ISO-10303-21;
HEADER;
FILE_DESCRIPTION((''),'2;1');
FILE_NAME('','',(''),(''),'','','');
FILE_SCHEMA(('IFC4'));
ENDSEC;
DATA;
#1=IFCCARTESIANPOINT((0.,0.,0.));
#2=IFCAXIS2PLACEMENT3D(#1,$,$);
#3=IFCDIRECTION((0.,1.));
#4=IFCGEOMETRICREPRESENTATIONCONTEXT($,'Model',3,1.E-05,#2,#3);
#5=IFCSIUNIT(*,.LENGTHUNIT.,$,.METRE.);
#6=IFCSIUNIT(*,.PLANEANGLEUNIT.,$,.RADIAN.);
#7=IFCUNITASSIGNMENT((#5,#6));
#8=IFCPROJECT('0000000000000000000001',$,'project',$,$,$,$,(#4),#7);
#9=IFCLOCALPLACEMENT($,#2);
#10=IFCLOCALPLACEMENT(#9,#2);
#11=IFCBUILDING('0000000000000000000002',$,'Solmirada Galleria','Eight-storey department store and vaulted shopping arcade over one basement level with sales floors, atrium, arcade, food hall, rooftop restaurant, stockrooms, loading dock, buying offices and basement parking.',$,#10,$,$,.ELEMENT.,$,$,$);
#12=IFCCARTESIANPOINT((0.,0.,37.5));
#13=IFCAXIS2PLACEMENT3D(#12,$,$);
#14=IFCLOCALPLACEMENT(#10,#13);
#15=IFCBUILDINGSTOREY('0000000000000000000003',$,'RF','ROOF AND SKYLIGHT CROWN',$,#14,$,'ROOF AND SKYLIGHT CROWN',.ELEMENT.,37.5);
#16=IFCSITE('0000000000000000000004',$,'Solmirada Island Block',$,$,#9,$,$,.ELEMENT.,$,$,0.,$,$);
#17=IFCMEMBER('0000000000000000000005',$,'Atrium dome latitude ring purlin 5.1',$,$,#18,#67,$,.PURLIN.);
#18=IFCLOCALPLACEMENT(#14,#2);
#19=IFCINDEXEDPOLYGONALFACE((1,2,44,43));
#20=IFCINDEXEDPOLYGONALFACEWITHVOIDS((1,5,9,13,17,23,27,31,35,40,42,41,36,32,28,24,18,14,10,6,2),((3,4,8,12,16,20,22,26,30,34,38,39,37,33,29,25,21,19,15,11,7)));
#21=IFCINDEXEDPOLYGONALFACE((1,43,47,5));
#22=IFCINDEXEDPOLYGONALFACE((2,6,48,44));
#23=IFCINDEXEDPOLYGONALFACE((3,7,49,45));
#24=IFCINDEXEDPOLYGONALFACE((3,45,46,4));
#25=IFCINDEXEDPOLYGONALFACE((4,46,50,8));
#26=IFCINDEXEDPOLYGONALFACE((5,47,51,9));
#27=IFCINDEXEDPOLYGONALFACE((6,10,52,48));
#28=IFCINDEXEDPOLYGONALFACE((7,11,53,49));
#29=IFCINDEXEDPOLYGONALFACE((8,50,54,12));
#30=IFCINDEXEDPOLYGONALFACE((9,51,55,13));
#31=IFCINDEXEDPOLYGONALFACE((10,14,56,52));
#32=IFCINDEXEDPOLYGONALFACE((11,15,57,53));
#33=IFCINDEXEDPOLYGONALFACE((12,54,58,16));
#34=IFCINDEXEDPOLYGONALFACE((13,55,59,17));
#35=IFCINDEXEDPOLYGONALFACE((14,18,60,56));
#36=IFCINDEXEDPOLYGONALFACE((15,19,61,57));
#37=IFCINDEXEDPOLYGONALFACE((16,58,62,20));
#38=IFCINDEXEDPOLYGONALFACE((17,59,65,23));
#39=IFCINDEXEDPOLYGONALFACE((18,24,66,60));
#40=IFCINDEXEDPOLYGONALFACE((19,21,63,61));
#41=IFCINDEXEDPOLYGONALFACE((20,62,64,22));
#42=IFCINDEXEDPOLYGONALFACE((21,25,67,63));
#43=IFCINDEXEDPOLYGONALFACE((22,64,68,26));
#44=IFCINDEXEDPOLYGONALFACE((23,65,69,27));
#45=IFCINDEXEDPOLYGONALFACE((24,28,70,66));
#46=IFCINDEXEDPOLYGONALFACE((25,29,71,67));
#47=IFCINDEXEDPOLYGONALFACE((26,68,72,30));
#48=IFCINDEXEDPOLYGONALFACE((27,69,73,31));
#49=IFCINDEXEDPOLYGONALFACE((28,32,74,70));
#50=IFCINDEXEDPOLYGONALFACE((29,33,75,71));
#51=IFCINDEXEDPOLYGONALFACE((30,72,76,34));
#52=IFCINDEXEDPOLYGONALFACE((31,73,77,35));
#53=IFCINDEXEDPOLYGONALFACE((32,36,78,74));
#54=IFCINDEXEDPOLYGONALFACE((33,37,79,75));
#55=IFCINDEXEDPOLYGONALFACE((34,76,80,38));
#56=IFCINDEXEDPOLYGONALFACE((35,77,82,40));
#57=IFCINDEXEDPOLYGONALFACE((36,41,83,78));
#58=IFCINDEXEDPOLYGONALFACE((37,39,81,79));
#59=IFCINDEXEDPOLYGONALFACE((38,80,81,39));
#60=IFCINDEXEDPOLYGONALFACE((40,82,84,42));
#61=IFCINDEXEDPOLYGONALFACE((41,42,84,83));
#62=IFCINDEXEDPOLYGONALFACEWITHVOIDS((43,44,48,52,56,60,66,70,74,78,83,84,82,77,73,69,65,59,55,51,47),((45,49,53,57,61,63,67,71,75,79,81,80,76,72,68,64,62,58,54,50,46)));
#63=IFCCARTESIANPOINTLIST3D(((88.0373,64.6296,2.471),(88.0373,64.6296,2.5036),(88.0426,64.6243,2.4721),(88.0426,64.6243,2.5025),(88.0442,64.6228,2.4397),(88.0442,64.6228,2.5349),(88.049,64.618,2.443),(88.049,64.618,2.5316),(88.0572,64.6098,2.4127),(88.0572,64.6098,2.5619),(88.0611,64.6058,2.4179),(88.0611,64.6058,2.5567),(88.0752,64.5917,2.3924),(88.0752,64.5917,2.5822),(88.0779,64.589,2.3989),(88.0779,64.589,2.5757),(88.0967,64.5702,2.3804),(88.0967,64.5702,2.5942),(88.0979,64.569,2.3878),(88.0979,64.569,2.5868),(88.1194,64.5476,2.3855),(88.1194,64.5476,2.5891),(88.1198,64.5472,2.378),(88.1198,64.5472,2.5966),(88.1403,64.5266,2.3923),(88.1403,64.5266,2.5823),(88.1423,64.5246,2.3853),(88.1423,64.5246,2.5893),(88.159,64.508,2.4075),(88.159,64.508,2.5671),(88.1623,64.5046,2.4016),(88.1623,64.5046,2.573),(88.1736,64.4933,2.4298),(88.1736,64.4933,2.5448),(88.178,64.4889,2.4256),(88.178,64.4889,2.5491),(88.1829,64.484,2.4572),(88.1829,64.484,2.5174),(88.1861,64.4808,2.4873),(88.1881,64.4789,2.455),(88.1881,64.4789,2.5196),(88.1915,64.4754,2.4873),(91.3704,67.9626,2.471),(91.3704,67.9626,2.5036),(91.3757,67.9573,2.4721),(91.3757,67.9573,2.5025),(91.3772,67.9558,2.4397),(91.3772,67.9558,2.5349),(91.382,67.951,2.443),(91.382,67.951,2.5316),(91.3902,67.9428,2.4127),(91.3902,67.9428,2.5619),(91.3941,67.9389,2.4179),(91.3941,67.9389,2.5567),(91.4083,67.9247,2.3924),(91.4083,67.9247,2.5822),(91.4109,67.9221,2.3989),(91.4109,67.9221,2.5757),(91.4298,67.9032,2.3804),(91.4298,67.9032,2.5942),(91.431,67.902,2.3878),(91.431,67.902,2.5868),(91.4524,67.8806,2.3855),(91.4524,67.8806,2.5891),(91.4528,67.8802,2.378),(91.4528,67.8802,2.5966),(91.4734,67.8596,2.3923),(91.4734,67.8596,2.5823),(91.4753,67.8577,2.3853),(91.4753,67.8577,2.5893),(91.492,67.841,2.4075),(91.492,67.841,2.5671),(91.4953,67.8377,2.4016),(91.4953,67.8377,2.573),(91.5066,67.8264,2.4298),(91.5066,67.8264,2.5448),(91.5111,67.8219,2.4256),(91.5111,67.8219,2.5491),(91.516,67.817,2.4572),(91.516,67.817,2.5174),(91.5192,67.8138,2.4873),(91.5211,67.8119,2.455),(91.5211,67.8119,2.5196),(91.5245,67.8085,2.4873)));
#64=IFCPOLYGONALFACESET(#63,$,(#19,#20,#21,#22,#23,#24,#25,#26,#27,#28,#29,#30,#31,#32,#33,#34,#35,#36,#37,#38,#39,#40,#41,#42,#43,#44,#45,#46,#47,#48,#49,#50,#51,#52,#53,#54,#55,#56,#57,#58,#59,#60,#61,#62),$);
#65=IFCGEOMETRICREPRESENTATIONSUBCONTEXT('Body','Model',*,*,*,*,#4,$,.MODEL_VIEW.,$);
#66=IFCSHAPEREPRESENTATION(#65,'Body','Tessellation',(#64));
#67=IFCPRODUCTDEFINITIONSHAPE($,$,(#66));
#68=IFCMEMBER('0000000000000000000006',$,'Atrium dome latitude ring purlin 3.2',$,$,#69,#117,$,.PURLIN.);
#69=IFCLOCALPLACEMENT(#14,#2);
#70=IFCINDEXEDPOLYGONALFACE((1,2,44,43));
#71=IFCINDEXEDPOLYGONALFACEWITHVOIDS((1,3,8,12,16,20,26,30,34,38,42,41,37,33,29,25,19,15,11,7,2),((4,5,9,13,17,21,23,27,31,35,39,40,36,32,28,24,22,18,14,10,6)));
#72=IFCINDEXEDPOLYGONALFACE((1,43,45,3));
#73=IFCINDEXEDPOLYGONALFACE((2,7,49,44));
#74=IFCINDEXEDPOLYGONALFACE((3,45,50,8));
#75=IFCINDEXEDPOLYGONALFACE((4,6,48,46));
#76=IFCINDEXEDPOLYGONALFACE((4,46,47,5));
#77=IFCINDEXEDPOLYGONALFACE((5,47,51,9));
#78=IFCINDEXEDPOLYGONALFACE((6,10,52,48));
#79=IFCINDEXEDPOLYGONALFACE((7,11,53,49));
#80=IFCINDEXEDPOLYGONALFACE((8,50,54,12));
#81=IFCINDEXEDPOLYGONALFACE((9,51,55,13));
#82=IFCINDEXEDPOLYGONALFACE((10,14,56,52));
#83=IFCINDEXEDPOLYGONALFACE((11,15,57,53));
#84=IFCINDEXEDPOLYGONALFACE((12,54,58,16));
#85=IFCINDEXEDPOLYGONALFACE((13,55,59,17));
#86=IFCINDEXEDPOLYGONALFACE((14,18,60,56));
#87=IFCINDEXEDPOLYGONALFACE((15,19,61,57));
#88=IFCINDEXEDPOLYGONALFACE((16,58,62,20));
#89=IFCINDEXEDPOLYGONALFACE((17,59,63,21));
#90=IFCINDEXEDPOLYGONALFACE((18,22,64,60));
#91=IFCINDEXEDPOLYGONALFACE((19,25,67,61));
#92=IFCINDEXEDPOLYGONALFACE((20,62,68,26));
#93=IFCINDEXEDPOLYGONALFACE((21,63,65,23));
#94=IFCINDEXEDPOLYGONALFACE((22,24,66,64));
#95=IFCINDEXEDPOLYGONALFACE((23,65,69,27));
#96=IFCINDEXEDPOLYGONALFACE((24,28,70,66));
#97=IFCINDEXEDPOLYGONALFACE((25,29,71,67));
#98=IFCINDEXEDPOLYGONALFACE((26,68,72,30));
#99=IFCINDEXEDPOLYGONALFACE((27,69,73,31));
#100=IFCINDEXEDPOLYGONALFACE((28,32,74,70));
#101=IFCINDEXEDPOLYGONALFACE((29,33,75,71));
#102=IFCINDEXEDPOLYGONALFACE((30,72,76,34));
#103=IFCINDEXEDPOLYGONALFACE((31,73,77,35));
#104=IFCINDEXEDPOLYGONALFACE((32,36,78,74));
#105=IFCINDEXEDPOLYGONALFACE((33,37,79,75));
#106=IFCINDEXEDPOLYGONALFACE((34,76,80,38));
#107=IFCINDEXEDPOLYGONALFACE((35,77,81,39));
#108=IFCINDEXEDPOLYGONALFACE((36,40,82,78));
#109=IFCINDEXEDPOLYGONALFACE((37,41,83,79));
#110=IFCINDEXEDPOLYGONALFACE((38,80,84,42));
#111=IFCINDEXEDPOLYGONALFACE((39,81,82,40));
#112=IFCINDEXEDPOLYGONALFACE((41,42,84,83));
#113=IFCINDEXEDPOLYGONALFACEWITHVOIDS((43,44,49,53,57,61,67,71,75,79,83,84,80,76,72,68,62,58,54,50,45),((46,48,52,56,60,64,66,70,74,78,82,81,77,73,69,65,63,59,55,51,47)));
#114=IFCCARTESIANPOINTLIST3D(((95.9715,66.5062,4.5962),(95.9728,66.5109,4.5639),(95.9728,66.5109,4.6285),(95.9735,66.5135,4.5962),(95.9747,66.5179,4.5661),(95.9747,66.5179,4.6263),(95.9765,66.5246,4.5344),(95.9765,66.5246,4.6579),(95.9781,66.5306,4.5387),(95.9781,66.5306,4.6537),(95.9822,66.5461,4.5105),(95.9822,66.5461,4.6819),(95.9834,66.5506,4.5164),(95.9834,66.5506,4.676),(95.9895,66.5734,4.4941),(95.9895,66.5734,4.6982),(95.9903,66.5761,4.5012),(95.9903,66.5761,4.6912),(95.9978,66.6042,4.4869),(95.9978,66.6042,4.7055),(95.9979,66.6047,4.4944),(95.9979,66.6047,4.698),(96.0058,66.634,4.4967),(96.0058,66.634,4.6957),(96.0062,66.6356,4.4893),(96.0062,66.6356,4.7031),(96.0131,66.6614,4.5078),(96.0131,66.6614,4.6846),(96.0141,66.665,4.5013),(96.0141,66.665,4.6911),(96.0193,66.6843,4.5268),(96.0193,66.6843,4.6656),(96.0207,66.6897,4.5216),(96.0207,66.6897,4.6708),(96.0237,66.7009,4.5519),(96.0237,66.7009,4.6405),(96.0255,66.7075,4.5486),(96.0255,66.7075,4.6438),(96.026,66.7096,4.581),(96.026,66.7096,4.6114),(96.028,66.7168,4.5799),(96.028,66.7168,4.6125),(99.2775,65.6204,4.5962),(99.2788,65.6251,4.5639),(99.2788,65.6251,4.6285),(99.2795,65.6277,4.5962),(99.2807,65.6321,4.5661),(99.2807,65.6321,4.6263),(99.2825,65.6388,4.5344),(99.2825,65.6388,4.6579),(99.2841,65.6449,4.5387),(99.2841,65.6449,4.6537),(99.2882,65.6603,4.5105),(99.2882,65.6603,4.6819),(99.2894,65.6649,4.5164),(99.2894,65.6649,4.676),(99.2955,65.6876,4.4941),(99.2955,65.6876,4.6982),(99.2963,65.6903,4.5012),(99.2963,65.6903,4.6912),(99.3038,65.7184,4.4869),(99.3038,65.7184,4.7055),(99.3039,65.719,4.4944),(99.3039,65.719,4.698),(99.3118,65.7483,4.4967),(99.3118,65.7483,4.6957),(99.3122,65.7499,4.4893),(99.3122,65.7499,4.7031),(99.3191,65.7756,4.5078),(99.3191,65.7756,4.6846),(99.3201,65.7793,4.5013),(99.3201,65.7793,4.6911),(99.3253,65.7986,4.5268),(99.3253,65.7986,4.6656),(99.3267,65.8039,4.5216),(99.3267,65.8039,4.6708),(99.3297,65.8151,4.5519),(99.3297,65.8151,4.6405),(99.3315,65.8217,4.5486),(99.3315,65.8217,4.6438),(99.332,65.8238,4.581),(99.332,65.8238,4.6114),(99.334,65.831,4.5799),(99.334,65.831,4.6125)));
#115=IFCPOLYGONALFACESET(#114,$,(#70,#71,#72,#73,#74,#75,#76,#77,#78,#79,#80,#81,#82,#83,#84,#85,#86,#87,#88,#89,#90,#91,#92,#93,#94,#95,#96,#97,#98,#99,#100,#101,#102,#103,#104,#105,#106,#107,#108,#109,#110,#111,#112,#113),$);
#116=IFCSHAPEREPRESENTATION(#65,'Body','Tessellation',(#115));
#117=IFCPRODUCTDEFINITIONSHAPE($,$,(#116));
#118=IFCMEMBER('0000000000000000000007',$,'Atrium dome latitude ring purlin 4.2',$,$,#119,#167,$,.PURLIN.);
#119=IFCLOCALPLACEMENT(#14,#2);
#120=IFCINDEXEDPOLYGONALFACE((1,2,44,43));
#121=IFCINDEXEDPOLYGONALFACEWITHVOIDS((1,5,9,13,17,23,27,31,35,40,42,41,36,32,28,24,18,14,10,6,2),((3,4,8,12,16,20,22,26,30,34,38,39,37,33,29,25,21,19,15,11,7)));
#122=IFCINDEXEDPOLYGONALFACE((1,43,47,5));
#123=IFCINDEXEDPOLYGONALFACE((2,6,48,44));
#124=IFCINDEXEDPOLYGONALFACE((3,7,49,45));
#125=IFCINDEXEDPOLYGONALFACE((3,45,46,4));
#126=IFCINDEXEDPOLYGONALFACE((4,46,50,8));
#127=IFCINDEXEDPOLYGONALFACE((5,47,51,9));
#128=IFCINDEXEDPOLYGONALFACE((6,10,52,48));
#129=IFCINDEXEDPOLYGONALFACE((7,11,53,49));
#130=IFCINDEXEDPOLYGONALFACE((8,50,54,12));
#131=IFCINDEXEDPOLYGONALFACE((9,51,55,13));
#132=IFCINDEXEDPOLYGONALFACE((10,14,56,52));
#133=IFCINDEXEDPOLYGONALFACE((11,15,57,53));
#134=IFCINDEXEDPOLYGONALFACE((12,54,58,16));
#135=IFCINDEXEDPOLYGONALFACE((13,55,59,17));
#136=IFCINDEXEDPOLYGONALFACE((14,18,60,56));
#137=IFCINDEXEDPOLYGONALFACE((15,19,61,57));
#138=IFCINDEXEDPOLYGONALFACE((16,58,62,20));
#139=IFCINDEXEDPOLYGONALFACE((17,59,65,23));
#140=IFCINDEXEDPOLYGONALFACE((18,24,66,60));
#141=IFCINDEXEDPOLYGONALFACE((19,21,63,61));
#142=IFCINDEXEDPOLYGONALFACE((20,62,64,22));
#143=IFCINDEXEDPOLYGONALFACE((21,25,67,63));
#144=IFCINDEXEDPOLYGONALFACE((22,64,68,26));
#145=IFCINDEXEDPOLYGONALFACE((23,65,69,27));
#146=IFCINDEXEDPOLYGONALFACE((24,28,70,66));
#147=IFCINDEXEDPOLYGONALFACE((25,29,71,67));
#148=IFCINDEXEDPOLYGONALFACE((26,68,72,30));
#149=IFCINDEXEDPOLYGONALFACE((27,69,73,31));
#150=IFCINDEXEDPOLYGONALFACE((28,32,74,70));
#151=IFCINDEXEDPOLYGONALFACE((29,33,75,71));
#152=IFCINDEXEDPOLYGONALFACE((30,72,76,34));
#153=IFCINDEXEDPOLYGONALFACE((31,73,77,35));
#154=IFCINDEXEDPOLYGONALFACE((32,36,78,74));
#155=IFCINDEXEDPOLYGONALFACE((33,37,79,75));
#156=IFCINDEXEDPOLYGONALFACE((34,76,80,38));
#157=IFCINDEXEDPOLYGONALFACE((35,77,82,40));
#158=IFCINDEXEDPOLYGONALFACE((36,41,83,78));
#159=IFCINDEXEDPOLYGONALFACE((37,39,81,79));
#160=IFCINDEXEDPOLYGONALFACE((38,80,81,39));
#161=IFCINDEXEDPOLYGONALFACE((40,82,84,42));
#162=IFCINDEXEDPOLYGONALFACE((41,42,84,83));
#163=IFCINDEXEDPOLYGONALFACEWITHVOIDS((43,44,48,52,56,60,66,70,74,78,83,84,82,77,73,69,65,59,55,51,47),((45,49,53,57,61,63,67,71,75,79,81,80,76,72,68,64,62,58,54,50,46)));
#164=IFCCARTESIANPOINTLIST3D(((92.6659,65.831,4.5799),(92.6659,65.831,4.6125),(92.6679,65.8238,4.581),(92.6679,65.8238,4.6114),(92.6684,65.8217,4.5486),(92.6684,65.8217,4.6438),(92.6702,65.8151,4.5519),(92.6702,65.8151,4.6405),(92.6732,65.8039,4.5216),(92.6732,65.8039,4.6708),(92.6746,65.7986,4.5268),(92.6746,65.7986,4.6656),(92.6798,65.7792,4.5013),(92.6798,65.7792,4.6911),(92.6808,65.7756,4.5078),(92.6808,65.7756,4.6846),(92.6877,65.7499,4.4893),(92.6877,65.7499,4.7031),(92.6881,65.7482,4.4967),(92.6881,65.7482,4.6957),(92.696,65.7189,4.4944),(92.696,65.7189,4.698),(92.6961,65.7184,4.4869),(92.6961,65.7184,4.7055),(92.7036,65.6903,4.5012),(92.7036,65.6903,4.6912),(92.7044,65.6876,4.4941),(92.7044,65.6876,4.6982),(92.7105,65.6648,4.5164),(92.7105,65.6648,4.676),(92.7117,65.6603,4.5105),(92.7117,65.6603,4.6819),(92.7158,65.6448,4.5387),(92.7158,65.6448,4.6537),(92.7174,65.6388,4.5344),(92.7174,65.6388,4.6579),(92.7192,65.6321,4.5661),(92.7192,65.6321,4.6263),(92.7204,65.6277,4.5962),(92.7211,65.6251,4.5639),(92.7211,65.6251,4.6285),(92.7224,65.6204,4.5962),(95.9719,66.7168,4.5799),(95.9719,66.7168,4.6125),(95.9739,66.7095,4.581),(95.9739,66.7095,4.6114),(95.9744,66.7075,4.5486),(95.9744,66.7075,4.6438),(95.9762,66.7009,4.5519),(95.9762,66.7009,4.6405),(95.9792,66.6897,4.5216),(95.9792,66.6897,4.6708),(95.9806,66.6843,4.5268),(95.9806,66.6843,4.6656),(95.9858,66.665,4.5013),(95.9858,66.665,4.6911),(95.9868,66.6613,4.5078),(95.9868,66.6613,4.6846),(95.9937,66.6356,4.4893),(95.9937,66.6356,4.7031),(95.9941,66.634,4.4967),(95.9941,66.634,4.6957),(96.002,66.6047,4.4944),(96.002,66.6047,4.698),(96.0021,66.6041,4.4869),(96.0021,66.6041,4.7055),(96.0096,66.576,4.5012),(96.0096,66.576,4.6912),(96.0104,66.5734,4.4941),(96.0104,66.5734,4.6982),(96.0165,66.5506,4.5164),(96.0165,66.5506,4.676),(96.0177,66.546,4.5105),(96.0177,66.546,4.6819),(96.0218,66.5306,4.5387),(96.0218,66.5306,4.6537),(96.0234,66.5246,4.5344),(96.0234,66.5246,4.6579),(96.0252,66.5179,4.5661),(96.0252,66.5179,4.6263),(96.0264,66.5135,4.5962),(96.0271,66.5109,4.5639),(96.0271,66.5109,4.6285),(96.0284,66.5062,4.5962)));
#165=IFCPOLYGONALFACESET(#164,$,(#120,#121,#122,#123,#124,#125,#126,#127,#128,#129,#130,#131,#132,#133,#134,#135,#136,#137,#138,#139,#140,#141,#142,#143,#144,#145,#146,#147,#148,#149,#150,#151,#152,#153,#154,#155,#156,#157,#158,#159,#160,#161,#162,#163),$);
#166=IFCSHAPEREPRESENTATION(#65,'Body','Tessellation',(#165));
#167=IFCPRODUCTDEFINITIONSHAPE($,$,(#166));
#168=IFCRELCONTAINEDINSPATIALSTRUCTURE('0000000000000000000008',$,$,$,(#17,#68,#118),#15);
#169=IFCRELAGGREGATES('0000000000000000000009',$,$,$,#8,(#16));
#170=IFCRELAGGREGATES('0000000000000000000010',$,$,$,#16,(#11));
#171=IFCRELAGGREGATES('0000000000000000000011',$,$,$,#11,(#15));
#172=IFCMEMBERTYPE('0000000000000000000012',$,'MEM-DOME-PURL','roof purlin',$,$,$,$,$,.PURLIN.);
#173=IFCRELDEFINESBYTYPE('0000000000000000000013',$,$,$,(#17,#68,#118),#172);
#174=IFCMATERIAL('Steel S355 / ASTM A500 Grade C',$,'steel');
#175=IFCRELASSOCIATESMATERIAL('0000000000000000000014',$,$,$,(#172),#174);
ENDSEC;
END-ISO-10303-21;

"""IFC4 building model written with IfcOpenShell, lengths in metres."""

from ifc_helpers import new_model, si_unit, direction, frame, origin, origin_2d, place, context, subcontext, project, spatial, hollow_circle, extrude, material, material_profile, profile_set, type_object, element, save


model = new_model("IFC4")

# Units and contexts
model_context = context("Model", 3, precision=1e-05, world=origin(), true_north=direction((0.0, 1.0)))
body_context = subcontext(model_context, "Body", "Model", "MODEL_VIEW")
ifc_project = project(units=[si_unit("LENGTHUNIT", "METRE"), si_unit("PLANEANGLEUNIT", "RADIAN")], contexts=[model_context])

# Site, building, storey
site_placement = place(None, origin())
site = spatial("IfcSite", under=ifc_project, at=site_placement, Name="Solmirada Island Block", CompositionType="ELEMENT", RefElevation=0.0)
building_placement = place(site_placement, origin())
building = spatial("IfcBuilding", under=site, at=building_placement, Name="Solmirada Galleria", Description="Eight-storey department store and vaulted shopping arcade over one basement level with sales floors, atrium, arcade, food hall, rooftop restaurant, stockrooms, loading dock, buying offices and basement parking.", CompositionType="ELEMENT")
storey_placement = place(building_placement, frame((0.0, 0.0, 37.5)))
storey = spatial("IfcBuildingStorey", under=building, at=storey_placement, Name="RF", Description="ROOF AND SKYLIGHT CROWN", LongName="ROOF AND SKYLIGHT CROWN", CompositionType="ELEMENT", Elevation=37.5)

# Members
ifc_material_1 = material(Name="Steel S355 / ASTM A500 Grade C", Category="steel")
ifc_material_profile_1 = material_profile(ifc_material_1, hollow_circle(Radius=0.1096, WallThickness=0.0076, at=origin_2d()), Name="HSS8.625X0.322")
ifc_profile_set_1 = profile_set([ifc_material_profile_1], Name="Steel S355 / ASTM A500 Grade C")
member_type_1 = type_object("IfcMemberType", Name="MEM-DOME-PURL", Description="roof purlin", PredefinedType="PURLIN", material=ifc_profile_set_1)
member_1_placement = place(storey_placement, frame((91.447, 67.886, 2.4873), z_axis=(-0.707107, -0.707107, 0.0), x_axis=(0.707107, -0.707107, 0.0)))
element("IfcMember", 1, at=member_1_placement, inside=storey, type_object=member_type_1, Name="Atrium dome latitude ring purlin 5.1", PredefinedType="PURLIN", context=body_context, shape_type="SweptSolid", body=[
    extrude(hollow_circle(Radius=0.1096, WallThickness=0.0076, at=origin_2d()), origin(), (0.0, 0.0, 1.0), 4.7136),
])
for number, where, z_axis, x_axis, name in (
    (2, (99.3059, 65.7263, 4.5962), (-0.965931, 0.258799, 0.0), (-0.258799, -0.965931, 0.0), "Atrium dome latitude ring purlin 3.2"),
    (3, (96.0, 66.6121, 4.5962), (-0.965931, -0.258799, 0.0), (0.258799, -0.965931, 0.0), "Atrium dome latitude ring purlin 4.2"),
):
    element("IfcMember", number, at=place(storey_placement, frame(where, z_axis=z_axis, x_axis=x_axis)), inside=storey, type_object=member_type_1, Name=name, PredefinedType="PURLIN", context=body_context, shape_type="SweptSolid", body=[
        extrude(hollow_circle(Radius=0.1096, WallThickness=0.0076, at=origin_2d()), origin(), (0.0, 0.0, 1.0), 3.4226),
    ])

save(model, "model.ifc")
